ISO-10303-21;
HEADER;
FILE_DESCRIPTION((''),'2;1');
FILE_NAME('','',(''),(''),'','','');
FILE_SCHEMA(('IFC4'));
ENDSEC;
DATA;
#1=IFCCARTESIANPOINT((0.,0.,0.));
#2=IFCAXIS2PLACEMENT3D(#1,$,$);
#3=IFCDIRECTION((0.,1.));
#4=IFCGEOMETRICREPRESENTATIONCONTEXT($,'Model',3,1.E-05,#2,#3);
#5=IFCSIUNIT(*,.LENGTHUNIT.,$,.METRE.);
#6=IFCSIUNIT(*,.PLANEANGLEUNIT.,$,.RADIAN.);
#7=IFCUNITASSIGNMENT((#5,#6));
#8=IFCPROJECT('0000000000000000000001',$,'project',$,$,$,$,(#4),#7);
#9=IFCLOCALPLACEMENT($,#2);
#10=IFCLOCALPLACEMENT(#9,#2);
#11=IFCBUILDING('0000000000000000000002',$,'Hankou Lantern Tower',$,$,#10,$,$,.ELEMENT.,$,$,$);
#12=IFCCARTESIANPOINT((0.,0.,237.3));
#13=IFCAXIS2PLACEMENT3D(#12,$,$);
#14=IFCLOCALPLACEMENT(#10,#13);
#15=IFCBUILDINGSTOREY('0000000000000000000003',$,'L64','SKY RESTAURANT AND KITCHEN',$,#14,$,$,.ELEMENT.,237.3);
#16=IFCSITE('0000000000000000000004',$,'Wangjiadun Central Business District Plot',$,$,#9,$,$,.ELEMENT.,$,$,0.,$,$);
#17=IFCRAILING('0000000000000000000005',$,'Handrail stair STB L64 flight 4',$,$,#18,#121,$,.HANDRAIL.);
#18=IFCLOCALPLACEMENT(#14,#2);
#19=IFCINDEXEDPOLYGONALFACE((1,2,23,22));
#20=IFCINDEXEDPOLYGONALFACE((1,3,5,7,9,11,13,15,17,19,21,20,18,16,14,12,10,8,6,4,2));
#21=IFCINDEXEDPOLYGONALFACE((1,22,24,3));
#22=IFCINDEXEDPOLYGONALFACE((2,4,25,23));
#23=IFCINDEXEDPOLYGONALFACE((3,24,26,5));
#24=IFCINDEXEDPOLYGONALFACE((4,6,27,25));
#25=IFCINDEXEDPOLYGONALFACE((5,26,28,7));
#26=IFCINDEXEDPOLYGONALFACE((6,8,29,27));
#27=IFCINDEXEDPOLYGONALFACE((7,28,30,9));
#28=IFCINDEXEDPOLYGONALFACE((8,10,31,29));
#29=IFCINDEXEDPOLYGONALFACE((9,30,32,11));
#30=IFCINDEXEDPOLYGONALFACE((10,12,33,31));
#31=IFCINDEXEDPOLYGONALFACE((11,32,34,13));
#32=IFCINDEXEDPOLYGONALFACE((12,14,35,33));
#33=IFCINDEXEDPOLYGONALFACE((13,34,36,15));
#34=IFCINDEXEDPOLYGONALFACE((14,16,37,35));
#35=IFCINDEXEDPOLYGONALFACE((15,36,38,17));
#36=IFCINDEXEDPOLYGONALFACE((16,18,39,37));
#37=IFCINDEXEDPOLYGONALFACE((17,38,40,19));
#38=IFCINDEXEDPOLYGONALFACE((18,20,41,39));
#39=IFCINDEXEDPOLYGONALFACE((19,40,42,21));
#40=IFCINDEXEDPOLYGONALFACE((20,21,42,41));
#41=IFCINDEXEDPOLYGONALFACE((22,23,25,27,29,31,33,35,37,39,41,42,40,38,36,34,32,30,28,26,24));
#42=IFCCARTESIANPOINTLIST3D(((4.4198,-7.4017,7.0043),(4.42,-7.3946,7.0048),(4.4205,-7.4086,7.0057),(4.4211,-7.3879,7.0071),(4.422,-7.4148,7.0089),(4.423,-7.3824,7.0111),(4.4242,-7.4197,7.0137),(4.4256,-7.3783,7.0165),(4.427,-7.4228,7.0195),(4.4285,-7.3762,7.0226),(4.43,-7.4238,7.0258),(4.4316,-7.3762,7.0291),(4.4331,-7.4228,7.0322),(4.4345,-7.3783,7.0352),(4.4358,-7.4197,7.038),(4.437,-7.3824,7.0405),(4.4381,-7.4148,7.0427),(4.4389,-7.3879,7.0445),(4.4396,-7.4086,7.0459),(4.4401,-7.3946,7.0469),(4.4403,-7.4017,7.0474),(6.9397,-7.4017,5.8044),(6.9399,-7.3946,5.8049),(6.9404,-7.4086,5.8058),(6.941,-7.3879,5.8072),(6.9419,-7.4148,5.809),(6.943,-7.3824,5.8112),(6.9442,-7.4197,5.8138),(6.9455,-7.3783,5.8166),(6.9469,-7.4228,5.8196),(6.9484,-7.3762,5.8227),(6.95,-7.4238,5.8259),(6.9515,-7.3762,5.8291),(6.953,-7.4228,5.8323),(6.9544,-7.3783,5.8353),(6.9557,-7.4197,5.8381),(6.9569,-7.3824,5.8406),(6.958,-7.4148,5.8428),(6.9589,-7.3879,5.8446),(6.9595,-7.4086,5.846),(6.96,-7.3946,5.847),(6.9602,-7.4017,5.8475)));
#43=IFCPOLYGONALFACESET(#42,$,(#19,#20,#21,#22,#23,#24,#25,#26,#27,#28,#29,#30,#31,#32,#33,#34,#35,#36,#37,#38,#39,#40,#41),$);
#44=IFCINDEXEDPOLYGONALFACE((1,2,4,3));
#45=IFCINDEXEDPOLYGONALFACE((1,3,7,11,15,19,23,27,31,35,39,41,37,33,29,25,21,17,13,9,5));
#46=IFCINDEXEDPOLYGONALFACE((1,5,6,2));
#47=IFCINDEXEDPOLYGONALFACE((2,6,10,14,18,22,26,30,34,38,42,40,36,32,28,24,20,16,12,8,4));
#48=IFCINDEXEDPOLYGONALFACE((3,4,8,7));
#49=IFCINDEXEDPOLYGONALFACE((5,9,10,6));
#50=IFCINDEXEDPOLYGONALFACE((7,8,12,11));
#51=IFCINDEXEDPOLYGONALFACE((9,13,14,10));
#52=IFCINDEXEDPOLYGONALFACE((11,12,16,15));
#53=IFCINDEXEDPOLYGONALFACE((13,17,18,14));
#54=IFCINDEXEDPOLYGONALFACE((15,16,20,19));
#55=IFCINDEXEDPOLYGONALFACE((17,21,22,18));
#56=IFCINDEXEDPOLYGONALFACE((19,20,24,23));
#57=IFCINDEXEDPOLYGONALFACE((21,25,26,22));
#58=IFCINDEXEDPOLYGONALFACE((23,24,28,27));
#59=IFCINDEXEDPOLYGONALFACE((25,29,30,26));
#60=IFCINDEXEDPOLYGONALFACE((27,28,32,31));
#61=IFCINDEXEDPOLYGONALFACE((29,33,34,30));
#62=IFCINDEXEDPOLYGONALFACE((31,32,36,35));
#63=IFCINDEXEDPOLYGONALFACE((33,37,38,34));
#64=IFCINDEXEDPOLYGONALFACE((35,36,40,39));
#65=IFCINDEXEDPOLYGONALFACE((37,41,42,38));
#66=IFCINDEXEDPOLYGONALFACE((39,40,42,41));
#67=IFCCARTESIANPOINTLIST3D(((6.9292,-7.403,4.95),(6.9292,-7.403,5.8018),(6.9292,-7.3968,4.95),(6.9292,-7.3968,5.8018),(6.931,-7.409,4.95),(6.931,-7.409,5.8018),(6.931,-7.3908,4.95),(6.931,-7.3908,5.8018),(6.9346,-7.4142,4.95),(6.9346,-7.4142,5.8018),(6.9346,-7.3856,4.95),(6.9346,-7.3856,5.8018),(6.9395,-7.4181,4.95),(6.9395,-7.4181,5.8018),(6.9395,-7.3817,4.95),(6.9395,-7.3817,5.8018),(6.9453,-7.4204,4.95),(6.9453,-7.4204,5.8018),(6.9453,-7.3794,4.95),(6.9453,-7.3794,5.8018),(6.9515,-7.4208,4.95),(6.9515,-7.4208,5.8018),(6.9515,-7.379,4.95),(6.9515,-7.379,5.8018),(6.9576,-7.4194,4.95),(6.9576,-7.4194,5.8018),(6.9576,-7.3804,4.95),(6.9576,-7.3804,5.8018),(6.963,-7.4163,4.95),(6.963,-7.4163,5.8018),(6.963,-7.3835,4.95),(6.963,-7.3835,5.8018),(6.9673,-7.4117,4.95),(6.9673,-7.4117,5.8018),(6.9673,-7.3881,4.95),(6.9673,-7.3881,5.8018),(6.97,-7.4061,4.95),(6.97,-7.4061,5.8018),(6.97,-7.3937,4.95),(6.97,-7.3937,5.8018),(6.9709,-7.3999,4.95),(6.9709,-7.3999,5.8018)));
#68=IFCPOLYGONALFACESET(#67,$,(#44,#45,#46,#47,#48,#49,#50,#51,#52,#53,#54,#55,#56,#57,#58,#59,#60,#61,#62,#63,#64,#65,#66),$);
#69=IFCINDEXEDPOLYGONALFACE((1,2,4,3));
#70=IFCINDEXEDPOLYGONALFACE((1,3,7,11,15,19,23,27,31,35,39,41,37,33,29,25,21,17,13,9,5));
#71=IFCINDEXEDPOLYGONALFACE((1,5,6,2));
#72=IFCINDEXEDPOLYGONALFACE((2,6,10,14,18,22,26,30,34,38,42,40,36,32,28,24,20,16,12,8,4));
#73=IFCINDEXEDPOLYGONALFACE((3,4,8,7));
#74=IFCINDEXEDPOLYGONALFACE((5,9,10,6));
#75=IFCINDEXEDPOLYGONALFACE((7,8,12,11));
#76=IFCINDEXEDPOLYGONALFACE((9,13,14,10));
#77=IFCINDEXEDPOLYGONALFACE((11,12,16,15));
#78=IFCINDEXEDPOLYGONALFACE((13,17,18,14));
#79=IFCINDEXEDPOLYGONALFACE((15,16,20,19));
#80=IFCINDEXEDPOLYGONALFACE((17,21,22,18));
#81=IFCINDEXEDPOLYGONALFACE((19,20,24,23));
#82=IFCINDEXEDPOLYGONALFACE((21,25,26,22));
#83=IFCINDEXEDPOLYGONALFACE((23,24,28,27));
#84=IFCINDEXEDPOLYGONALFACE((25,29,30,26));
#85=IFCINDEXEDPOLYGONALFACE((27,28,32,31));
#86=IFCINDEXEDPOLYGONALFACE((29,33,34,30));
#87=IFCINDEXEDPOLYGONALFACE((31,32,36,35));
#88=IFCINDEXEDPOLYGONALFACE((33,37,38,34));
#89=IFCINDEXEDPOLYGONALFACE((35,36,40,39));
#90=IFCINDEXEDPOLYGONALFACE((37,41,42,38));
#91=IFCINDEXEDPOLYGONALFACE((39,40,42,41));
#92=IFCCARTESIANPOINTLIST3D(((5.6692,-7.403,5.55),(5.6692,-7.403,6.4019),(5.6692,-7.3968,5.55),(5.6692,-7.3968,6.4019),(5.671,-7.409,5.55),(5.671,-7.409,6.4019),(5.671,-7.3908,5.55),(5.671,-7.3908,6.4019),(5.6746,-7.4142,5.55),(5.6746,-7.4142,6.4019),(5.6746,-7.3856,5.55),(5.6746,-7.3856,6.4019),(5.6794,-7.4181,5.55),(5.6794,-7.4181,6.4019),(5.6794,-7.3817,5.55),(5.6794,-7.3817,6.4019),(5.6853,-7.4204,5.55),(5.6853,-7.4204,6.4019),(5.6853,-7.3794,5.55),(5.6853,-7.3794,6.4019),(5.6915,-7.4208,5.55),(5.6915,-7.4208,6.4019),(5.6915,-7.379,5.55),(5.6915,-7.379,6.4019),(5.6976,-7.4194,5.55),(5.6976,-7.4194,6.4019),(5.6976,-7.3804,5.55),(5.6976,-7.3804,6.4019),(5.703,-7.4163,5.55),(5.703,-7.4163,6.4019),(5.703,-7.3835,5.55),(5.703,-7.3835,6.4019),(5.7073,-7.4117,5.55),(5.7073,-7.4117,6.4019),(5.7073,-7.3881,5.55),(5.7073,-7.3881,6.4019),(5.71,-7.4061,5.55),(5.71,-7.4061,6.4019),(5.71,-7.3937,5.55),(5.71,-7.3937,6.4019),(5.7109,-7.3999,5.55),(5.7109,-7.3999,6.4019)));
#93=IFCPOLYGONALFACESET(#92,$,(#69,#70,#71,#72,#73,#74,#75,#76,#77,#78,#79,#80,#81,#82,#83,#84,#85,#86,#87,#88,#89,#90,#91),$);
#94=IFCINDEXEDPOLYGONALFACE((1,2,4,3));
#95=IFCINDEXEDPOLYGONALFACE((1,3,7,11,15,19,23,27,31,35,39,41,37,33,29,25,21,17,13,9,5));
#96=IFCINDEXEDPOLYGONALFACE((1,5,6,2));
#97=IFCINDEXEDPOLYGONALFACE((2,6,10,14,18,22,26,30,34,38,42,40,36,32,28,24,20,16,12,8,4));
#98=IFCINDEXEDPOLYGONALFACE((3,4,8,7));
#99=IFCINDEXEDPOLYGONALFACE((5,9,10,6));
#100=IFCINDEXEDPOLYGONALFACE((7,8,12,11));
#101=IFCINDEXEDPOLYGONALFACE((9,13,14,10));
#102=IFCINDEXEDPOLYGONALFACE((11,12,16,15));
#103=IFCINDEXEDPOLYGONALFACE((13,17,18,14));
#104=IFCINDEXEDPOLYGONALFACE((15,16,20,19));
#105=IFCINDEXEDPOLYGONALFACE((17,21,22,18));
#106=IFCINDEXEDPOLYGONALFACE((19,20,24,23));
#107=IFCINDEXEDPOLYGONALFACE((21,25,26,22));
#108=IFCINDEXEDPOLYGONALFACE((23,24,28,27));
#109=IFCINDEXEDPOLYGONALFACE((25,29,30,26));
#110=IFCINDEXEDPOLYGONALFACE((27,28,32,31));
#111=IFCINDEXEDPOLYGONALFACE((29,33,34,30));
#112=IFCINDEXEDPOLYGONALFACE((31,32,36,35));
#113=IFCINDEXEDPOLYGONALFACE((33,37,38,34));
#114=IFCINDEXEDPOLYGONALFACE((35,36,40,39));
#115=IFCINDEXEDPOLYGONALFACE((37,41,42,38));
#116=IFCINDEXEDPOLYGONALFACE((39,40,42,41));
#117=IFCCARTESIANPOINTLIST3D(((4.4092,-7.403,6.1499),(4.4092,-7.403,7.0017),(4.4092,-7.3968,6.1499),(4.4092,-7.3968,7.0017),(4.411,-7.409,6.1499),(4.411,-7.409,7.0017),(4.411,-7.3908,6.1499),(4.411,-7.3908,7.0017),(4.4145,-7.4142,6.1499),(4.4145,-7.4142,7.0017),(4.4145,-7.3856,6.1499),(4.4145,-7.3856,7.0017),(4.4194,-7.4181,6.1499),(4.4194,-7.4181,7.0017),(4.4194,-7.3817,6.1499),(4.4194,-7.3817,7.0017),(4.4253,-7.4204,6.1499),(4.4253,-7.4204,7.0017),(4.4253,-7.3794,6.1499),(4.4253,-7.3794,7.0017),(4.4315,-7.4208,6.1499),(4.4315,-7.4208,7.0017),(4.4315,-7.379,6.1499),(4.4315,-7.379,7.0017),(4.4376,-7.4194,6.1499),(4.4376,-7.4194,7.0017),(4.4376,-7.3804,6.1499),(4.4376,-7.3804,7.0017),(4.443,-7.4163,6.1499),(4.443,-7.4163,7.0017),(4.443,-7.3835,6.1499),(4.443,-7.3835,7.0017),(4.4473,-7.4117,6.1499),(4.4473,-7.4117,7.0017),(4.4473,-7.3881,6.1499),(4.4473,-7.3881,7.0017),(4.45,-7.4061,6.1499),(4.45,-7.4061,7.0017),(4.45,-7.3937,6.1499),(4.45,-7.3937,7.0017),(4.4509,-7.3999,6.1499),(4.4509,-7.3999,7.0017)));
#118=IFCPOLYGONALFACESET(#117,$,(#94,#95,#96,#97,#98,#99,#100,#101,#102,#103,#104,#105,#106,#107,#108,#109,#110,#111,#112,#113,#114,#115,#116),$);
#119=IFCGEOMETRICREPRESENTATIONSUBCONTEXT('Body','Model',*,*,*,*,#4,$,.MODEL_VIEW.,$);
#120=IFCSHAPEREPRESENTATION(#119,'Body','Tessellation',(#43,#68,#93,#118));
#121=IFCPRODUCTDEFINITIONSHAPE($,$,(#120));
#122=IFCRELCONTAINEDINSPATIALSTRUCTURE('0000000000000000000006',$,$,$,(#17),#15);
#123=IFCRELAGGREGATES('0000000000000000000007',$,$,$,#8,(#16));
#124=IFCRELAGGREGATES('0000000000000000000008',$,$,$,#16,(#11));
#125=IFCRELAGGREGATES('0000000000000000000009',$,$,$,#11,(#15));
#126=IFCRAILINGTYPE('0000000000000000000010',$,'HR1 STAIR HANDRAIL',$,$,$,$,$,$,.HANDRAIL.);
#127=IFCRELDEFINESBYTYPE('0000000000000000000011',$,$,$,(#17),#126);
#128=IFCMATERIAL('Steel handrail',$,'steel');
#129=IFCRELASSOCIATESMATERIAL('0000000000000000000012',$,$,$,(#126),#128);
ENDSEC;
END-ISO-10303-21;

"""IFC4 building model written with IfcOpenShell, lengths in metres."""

from ifc_helpers import new_model, si_unit, direction, frame, origin, origin_2d, place, context, subcontext, project, spatial, circle, extrude, material, type_object, element, save


model = new_model("IFC4")

# Units and contexts
model_context = context("Model", 3, precision=1e-05, world=origin(), true_north=direction((0.0, 1.0)))
body_context = subcontext(model_context, "Body", "Model", "MODEL_VIEW")
ifc_project = project(units=[si_unit("LENGTHUNIT", "METRE"), si_unit("PLANEANGLEUNIT", "RADIAN")], contexts=[model_context])

# Site, building, storey
site_placement = place(None, origin())
site = spatial("IfcSite", under=ifc_project, at=site_placement, Name="Wangjiadun Central Business District Plot", CompositionType="ELEMENT", RefElevation=0.0)
building_placement = place(site_placement, origin())
building = spatial("IfcBuilding", under=site, at=building_placement, Name="Hankou Lantern Tower", CompositionType="ELEMENT")
storey_placement = place(building_placement, frame((0.0, 0.0, 237.3)))
storey = spatial("IfcBuildingStorey", under=building, at=storey_placement, Name="L64", Description="SKY RESTAURANT AND KITCHEN", CompositionType="ELEMENT", Elevation=237.3)

# Railing
ifc_material_1 = material(Name="Steel handrail", Category="steel")
railing_type = type_object("IfcRailingType", Name="HR1 STAIR HANDRAIL", PredefinedType="HANDRAIL", material=ifc_material_1)
railing_1_placement = place(storey_placement, frame((6.95, -7.3999, 4.95)))
element("IfcRailing", 1, at=railing_1_placement, inside=storey, type_object=railing_type, Name="Handrail stair STB L64 flight 4", PredefinedType="HANDRAIL", context=body_context, shape_type="SweptSolid", body=[
    extrude(circle(Radius=0.0239, at=origin_2d()), frame((0.0, 0.0, 0.876), z_axis=(-0.902869, 0.0, 0.429917), x_axis=(0.0, -1.0, 0.0)), (0.0, 0.0, 1.0), 2.791),
    extrude(circle(Radius=0.021, at=origin_2d()), origin(), (0.0, 0.0, 1.0), 0.8518),
    extrude(circle(Radius=0.021, at=origin_2d()), frame((-1.26, 0.0, 0.6001)), (0.0, 0.0, 1.0), 0.8518),
    extrude(circle(Radius=0.021, at=origin_2d()), frame((-2.52, 0.0, 1.2)), (0.0, 0.0, 1.0), 0.8518),
])

save(model, "model.ifc")
